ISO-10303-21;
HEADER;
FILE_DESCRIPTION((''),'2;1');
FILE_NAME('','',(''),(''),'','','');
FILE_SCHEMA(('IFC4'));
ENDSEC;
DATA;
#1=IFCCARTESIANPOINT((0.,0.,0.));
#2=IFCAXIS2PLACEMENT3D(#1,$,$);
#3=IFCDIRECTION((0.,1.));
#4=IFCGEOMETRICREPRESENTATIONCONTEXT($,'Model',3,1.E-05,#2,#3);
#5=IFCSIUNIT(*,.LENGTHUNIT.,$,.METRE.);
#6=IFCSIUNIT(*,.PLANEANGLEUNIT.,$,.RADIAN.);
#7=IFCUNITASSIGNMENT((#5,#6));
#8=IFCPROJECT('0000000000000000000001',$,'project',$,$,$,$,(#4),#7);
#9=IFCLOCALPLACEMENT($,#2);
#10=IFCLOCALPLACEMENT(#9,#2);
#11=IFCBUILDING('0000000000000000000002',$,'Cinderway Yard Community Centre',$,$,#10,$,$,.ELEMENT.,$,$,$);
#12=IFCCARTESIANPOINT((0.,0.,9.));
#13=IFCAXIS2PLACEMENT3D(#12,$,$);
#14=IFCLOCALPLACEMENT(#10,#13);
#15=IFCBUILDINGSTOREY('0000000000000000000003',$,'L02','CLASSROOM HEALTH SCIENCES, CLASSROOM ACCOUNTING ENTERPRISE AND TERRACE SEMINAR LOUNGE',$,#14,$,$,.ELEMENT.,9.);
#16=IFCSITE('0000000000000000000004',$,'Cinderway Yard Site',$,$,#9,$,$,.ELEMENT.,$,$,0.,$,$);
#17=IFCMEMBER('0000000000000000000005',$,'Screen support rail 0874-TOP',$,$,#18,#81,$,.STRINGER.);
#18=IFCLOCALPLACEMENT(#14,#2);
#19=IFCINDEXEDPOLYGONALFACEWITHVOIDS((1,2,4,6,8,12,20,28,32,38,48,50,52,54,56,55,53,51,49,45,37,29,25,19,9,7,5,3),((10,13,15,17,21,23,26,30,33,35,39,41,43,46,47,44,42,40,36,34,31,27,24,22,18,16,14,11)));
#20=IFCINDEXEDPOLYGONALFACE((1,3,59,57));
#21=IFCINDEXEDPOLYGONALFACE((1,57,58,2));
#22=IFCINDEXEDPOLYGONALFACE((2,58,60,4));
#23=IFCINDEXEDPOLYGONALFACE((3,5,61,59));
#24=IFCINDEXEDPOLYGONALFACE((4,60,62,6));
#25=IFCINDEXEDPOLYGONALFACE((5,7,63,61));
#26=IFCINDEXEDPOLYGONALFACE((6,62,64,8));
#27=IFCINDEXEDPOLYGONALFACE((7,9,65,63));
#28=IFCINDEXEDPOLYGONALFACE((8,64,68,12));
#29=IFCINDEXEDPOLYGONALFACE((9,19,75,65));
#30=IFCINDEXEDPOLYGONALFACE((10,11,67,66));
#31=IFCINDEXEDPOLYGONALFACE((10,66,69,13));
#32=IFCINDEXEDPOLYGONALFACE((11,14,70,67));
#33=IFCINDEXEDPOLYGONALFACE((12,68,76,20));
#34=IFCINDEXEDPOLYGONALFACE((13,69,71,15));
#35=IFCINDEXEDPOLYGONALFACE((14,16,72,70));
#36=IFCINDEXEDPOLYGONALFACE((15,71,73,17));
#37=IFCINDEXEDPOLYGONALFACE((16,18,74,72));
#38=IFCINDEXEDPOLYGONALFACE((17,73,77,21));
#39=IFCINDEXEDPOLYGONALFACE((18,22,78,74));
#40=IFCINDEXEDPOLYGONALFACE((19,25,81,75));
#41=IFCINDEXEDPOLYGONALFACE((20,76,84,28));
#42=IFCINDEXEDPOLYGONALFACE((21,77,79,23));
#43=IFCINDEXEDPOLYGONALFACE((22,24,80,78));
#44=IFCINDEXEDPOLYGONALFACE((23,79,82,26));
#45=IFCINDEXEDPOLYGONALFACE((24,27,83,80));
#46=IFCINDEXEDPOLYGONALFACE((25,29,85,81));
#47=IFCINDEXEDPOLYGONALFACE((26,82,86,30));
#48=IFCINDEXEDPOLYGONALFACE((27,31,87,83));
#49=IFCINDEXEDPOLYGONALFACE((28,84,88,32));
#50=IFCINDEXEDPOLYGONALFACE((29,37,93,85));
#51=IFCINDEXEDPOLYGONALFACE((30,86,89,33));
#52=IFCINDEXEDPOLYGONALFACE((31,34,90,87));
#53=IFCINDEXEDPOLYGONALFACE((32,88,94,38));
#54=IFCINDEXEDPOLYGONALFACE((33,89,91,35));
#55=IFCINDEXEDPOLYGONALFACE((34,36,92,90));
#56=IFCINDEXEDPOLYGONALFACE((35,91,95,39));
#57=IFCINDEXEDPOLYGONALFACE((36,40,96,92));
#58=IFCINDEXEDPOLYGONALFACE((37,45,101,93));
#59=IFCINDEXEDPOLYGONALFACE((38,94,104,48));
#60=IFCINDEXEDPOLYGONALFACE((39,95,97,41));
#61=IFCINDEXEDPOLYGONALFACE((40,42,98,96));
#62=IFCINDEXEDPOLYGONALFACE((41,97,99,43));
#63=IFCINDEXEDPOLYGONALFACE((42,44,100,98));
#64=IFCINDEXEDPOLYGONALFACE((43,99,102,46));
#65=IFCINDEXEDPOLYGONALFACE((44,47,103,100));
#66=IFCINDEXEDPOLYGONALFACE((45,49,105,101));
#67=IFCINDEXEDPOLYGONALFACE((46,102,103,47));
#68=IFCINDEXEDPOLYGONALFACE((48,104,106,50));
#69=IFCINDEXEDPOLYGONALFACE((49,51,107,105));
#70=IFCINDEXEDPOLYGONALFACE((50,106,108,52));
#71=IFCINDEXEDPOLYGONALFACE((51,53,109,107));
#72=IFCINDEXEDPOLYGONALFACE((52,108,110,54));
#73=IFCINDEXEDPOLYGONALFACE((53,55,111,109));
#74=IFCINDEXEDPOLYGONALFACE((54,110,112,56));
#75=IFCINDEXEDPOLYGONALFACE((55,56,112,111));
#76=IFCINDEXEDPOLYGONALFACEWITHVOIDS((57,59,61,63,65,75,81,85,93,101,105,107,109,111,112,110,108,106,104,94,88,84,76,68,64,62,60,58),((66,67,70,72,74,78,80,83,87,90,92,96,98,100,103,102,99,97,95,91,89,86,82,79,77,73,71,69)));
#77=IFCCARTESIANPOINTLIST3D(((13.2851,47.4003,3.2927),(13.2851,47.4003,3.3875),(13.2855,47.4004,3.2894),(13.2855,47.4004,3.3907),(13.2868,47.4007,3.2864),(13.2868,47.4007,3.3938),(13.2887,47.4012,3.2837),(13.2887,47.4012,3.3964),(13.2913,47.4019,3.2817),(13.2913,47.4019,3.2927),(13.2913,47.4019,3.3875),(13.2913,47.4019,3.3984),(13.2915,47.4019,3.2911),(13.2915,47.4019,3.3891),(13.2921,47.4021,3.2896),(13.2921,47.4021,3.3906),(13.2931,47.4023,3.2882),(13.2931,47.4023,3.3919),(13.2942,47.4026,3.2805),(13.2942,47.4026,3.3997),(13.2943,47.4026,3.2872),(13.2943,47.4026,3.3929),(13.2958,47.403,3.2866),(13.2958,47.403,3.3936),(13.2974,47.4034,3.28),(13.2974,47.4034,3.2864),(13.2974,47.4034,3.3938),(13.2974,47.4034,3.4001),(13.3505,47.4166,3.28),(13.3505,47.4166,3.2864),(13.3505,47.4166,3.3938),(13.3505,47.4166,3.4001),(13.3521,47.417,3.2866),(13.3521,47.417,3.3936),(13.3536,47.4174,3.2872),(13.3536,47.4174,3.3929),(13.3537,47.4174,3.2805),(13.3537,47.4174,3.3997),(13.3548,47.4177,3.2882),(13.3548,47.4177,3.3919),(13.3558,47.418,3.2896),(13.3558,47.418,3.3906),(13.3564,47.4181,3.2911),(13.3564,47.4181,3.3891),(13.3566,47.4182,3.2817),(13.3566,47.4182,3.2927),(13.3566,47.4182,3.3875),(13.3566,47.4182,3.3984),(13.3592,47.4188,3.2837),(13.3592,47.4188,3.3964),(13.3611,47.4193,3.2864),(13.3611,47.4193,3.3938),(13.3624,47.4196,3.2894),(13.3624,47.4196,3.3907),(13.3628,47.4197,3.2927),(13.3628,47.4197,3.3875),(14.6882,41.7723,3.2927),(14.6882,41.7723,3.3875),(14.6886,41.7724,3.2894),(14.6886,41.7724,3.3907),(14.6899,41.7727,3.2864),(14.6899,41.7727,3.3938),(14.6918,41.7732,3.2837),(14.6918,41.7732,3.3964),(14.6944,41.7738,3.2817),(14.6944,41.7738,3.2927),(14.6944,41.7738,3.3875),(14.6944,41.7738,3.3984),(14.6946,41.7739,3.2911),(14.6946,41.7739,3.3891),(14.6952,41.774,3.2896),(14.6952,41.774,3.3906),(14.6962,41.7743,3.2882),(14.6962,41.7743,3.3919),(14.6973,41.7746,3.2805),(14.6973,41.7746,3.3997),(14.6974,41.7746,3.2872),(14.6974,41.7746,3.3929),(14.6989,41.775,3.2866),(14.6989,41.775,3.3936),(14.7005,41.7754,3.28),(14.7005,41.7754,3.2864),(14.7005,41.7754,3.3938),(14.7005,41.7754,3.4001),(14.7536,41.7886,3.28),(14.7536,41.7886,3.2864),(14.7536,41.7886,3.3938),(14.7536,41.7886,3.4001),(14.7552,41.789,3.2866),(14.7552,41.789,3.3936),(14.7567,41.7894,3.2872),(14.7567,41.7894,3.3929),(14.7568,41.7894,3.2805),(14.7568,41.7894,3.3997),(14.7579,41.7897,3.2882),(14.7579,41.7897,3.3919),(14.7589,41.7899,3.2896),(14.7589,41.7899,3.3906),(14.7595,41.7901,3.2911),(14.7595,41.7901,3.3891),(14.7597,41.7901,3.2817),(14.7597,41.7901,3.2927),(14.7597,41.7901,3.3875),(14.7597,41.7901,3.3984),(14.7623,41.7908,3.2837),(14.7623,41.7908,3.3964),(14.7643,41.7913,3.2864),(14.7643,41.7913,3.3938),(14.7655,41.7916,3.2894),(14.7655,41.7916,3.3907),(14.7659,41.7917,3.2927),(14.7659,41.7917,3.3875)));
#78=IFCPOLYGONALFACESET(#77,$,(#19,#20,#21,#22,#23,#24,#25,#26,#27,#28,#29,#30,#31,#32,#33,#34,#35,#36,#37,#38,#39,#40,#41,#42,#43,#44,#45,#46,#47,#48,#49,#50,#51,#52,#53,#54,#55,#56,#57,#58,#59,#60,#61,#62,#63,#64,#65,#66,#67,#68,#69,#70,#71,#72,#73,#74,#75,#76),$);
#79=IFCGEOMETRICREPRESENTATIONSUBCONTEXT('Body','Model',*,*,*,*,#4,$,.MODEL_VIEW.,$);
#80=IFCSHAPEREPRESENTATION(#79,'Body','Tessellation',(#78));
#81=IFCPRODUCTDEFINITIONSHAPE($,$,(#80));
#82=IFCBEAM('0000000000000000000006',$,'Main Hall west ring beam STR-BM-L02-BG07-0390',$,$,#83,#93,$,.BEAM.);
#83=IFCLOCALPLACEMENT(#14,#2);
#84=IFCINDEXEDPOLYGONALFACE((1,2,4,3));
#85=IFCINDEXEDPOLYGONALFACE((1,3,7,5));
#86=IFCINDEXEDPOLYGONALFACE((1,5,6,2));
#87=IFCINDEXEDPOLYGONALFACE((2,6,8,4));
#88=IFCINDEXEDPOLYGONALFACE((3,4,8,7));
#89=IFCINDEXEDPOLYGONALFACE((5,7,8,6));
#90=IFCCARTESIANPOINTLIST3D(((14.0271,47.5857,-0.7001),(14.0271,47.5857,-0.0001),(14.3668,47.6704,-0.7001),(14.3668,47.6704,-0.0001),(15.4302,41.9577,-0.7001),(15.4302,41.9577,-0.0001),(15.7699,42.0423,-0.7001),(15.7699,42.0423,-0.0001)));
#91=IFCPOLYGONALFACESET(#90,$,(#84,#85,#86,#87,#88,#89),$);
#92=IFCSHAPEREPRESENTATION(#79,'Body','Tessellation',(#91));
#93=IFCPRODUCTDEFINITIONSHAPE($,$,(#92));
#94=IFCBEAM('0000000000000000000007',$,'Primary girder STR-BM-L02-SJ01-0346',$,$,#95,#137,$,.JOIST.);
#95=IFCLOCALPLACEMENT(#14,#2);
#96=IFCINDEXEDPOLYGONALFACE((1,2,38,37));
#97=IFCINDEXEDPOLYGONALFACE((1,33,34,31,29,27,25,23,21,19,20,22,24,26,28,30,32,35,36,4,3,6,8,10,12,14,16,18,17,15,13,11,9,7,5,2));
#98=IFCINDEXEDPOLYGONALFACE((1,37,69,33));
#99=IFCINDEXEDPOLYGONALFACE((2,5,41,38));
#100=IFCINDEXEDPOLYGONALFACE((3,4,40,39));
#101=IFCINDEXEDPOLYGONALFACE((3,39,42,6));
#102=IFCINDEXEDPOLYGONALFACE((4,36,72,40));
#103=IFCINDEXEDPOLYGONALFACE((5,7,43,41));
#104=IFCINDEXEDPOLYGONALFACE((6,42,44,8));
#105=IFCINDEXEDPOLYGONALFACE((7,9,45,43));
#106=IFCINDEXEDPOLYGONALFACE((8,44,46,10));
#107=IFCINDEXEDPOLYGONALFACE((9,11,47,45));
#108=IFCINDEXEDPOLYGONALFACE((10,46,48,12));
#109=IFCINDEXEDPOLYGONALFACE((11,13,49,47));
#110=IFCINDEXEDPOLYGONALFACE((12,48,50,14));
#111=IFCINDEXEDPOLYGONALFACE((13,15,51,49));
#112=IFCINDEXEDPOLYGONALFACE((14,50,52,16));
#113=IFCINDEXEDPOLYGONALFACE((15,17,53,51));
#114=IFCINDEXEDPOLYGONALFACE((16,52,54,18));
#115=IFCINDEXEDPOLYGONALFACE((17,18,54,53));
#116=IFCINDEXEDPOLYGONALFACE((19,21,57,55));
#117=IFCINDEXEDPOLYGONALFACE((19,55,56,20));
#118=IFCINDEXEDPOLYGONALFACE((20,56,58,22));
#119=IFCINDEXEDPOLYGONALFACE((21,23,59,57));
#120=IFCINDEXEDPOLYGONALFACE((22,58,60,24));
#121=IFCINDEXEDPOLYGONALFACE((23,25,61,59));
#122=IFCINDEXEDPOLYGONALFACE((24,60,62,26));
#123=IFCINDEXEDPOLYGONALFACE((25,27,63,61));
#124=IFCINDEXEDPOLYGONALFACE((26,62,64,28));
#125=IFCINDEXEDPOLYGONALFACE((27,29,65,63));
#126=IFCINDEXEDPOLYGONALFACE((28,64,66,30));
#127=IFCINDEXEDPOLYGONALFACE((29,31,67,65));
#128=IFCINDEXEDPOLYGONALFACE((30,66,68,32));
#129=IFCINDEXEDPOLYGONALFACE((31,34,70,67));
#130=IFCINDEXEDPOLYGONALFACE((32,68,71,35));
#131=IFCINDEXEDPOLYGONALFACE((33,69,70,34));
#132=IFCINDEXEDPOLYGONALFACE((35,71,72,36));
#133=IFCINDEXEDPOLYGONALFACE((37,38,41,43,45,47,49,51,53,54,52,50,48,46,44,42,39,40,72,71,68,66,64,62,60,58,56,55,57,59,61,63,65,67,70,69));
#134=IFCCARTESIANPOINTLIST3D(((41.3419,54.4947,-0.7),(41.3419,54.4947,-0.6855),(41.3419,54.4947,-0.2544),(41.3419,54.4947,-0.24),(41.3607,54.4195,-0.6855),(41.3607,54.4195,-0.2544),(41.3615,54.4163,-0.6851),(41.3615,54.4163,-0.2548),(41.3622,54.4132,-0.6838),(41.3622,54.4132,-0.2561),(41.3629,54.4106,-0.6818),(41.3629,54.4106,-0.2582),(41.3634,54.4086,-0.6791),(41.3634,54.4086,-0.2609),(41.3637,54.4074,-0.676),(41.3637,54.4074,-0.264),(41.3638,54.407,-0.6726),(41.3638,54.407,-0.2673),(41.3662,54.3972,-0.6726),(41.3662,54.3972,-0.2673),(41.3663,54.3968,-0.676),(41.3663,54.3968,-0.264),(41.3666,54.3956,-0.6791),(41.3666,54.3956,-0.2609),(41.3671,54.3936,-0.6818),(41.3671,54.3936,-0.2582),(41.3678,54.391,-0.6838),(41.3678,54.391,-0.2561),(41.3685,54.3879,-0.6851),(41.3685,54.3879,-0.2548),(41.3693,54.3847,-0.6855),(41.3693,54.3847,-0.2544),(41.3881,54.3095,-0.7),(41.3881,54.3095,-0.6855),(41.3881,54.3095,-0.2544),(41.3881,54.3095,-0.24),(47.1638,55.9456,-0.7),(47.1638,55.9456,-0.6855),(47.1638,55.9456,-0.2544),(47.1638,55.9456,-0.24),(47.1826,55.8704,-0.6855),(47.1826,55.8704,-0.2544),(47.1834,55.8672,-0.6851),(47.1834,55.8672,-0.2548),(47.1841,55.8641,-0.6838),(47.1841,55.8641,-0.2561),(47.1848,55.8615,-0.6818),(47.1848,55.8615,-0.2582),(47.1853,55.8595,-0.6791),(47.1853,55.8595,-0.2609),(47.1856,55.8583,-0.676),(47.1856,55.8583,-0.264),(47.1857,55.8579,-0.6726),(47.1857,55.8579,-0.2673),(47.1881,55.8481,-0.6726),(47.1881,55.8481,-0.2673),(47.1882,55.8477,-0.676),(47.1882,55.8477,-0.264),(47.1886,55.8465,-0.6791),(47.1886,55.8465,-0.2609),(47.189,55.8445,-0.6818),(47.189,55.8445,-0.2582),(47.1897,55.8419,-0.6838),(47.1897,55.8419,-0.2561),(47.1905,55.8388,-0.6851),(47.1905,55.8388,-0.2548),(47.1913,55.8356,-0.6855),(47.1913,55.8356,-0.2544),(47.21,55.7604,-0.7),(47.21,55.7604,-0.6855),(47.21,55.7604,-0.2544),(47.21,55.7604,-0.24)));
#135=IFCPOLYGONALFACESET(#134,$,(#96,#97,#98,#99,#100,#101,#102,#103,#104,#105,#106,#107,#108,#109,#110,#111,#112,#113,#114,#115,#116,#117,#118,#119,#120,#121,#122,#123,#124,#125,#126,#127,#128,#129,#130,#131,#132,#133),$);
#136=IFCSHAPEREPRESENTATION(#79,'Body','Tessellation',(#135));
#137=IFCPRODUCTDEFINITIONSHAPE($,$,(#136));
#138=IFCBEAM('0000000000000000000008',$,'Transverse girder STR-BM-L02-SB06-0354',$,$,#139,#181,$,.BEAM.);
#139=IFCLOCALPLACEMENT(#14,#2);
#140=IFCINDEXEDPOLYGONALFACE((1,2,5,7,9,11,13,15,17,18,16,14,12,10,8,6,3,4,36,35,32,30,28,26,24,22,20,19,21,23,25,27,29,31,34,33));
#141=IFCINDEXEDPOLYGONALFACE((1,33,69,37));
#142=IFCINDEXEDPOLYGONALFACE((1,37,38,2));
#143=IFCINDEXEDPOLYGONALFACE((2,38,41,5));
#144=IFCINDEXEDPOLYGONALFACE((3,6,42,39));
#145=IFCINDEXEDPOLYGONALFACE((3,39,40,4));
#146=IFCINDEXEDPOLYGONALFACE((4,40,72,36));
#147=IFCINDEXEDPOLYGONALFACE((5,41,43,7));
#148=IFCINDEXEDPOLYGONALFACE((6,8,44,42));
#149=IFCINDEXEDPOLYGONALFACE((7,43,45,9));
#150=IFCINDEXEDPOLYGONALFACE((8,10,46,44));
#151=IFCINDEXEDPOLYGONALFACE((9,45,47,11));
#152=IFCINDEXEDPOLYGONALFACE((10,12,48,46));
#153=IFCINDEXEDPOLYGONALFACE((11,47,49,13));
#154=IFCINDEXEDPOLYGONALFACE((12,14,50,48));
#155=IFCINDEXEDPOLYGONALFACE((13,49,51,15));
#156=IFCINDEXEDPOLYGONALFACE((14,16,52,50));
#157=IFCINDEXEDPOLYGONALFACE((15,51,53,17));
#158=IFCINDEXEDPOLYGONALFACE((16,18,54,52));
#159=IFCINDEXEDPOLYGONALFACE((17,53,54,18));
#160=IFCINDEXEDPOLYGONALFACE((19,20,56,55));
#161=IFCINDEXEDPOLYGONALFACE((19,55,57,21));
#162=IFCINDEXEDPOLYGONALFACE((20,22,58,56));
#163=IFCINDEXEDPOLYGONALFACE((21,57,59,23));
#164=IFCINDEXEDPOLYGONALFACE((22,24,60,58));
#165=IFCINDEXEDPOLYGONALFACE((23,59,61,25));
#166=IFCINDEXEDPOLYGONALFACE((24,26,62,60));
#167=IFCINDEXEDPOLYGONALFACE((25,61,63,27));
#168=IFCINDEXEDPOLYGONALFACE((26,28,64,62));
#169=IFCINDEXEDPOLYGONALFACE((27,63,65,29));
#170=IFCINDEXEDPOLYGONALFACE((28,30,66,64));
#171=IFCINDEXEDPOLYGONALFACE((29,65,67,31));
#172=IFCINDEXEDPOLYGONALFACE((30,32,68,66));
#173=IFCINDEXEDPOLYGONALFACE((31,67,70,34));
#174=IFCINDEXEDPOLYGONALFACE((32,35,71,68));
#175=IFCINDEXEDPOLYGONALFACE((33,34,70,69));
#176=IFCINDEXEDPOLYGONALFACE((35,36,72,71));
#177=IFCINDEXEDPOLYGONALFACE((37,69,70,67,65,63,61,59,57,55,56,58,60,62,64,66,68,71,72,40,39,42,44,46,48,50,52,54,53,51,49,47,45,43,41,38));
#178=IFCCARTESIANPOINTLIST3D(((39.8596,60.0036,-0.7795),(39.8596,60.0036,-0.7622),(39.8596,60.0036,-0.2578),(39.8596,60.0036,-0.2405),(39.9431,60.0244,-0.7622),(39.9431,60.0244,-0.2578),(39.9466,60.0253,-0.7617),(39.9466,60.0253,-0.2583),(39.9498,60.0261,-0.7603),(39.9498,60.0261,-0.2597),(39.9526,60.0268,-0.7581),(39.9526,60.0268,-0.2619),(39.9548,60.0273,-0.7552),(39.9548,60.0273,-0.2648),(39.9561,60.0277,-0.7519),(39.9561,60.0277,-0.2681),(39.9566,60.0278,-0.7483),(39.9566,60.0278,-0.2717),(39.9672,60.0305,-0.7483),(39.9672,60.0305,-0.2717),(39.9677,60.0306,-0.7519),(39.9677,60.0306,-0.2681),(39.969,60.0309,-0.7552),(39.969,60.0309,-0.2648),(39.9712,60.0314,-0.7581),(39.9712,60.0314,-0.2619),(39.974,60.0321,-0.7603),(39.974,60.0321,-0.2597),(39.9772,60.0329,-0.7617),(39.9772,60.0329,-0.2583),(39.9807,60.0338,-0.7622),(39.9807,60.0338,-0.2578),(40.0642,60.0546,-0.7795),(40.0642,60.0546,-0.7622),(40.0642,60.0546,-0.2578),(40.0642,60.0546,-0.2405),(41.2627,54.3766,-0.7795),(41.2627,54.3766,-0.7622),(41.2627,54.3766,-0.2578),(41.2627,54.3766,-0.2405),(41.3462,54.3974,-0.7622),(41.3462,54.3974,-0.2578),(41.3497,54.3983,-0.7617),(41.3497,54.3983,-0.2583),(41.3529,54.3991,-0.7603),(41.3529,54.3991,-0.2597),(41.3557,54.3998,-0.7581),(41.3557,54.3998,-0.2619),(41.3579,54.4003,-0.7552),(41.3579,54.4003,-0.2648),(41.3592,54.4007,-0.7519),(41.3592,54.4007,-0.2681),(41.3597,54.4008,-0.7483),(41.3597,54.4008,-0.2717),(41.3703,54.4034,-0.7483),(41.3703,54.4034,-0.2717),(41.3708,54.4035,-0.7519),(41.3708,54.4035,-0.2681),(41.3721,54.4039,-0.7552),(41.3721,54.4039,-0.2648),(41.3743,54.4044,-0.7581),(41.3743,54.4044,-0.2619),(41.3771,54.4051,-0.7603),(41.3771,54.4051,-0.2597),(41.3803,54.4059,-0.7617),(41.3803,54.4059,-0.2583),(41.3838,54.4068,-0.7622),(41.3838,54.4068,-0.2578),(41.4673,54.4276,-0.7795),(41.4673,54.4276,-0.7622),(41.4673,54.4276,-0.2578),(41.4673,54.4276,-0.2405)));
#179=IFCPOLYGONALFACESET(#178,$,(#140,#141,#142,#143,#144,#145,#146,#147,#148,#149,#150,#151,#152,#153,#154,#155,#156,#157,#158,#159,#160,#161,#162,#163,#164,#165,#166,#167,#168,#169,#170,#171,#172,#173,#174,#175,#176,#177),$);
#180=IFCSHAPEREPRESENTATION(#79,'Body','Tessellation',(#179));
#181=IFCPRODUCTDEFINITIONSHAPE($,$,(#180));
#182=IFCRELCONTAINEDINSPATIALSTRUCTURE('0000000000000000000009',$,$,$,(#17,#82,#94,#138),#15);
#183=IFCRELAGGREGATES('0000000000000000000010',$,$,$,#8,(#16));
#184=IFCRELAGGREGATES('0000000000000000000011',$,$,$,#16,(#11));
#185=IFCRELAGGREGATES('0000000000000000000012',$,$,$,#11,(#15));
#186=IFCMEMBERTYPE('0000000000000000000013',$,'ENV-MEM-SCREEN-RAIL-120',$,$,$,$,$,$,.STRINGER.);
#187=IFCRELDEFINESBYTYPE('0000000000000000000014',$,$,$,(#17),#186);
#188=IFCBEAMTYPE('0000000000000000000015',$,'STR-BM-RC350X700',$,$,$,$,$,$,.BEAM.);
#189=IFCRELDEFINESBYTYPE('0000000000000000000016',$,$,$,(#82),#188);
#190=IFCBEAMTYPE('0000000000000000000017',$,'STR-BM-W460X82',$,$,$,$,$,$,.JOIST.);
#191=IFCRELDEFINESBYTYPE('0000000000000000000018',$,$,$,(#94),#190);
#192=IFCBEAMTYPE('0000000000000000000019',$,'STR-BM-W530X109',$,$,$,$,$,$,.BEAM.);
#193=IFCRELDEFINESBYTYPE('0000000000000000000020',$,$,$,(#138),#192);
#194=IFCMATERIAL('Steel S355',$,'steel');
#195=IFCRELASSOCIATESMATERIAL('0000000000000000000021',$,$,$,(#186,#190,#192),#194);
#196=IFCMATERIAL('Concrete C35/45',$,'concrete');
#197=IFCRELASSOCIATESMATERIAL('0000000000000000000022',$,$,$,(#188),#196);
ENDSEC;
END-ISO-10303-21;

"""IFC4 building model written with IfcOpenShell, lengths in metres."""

from ifc_helpers import new_model, si_unit, direction, frame, origin, origin_2d, place, context, subcontext, project, spatial, rectangle, hollow_rectangle, i_section, extrude, material, material_profile, profile_set, type_object, element, save


model = new_model("IFC4")

# Units and contexts
model_context = context("Model", 3, precision=1e-05, world=origin(), true_north=direction((0.0, 1.0)))
body_context = subcontext(model_context, "Body", "Model", "MODEL_VIEW")
ifc_project = project(units=[si_unit("LENGTHUNIT", "METRE"), si_unit("PLANEANGLEUNIT", "RADIAN")], contexts=[model_context])

# Site, building, storey
site_placement = place(None, origin())
site = spatial("IfcSite", under=ifc_project, at=site_placement, Name="Cinderway Yard Site", CompositionType="ELEMENT", RefElevation=0.0)
building_placement = place(site_placement, origin())
building = spatial("IfcBuilding", under=site, at=building_placement, Name="Cinderway Yard Community Centre", CompositionType="ELEMENT")
storey_placement = place(building_placement, frame((0.0, 0.0, 9.0)))
storey = spatial("IfcBuildingStorey", under=building, at=storey_placement, Name="L02", Description="CLASSROOM HEALTH SCIENCES, CLASSROOM ACCOUNTING ENTERPRISE AND TERRACE SEMINAR LOUNGE", CompositionType="ELEMENT", Elevation=9.0)

# Member
ifc_material_1 = material(Name="Steel S355", Category="steel")
ifc_material_profile_1 = material_profile(ifc_material_1, hollow_rectangle(XDim=0.0801, YDim=0.1201, WallThickness=0.0063, InnerFilletRadius=0.0063, OuterFilletRadius=0.0127, at=origin_2d()), Name="Steel S355")
ifc_profile_set_1 = profile_set([ifc_material_profile_1], Name="Steel S355")
member_type_1 = type_object("IfcMemberType", Name="ENV-MEM-SCREEN-RAIL-120", PredefinedType="STRINGER", material=ifc_profile_set_1)
for number, where, z_axis, x_axis, name in (
    (1, (14.7271, 41.782, 3.3401), (-0.241902, 0.970301, 0.0), (-0.970301, -0.241902, 0.0), "Screen support rail 0874-TOP"),
):
    element("IfcMember", number, at=place(storey_placement, frame(where, z_axis=z_axis, x_axis=x_axis)), inside=storey, type_object=member_type_1, Name=name, PredefinedType="STRINGER", context=body_context, shape_type="SweptSolid", body=[
        extrude(hollow_rectangle(XDim=0.0801, YDim=0.1201, WallThickness=0.0063, InnerFilletRadius=0.0063, OuterFilletRadius=0.0127, at=origin_2d()), origin(), (0.0, 0.0, 1.0), 5.8003),
    ])

# Beams
ifc_material_2 = material(Name="Concrete C35/45", Category="concrete")
ifc_material_profile_2 = material_profile(ifc_material_2, rectangle(XDim=0.3501, YDim=0.7, at=origin_2d()), Name="Concrete C35/45")
ifc_profile_set_2 = profile_set([ifc_material_profile_2], Name="Concrete C35/45")
beam_type_1 = type_object("IfcBeamType", Name="STR-BM-RC350X700", PredefinedType="BEAM", material=ifc_profile_set_2)
beam_1_placement = place(storey_placement, frame((15.6001, 42.0, -0.3501), z_axis=(-0.241902, 0.970301, 0.0), x_axis=(-0.970301, -0.241902, 0.0)))
element("IfcBeam", 2, at=beam_1_placement, inside=storey, type_object=beam_type_1, Name="Main Hall west ring beam STR-BM-L02-BG07-0390", PredefinedType="BEAM", context=body_context, shape_type="SweptSolid", body=[
    extrude(rectangle(XDim=0.3501, YDim=0.7, at=origin_2d()), origin(), (0.0, 0.0, 1.0), 5.8003),
])
ifc_material_profile_3 = material_profile(ifc_material_1, i_section(OverallWidth=0.1909, OverallDepth=0.46, WebThickness=0.01, FlangeThickness=0.0144, FilletRadius=0.0129, at=origin_2d()), Name="Steel S355")
ifc_profile_set_3 = profile_set([ifc_material_profile_3], Name="Steel S355")
beam_type_2 = type_object("IfcBeamType", Name="STR-BM-W460X82", PredefinedType="JOIST", material=ifc_profile_set_3)
beam_2_placement = place(storey_placement, frame((41.365, 54.4021, -0.47), z_axis=(0.970322, 0.241818, 0.0), x_axis=(-0.241818, 0.970322, 0.0)))
element("IfcBeam", 3, at=beam_2_placement, inside=storey, type_object=beam_type_2, Name="Primary girder STR-BM-L02-SJ01-0346", PredefinedType="JOIST", context=body_context, shape_type="SweptSolid", body=[
    extrude(i_section(OverallWidth=0.1909, OverallDepth=0.46, WebThickness=0.01, FlangeThickness=0.0144, FilletRadius=0.0129, at=origin_2d()), origin(), (0.0, 0.0, 1.0), 6.0),
])
ifc_material_profile_4 = material_profile(ifc_material_1, i_section(OverallWidth=0.2109, OverallDepth=0.5391, WebThickness=0.011, FlangeThickness=0.0173, FilletRadius=0.0139, at=origin_2d()), Name="Steel S355")
ifc_profile_set_4 = profile_set([ifc_material_profile_4], Name="Steel S355")
beam_type_3 = type_object("IfcBeamType", Name="STR-BM-W530X109", PredefinedType="BEAM", material=ifc_profile_set_4)
beam_3_placement = place(storey_placement, frame((41.365, 54.4021, -0.51), z_axis=(-0.241941, 0.970291, 0.0), x_axis=(-0.970291, -0.241941, 0.0)))
element("IfcBeam", 4, at=beam_3_placement, inside=storey, type_object=beam_type_3, Name="Transverse girder STR-BM-L02-SB06-0354", PredefinedType="BEAM", context=body_context, shape_type="SweptSolid", body=[
    extrude(i_section(OverallWidth=0.2109, OverallDepth=0.5391, WebThickness=0.011, FlangeThickness=0.0173, FilletRadius=0.0139, at=origin_2d()), origin(), (0.0, 0.0, 1.0), 5.7993),
])

save(model, "model.ifc")
